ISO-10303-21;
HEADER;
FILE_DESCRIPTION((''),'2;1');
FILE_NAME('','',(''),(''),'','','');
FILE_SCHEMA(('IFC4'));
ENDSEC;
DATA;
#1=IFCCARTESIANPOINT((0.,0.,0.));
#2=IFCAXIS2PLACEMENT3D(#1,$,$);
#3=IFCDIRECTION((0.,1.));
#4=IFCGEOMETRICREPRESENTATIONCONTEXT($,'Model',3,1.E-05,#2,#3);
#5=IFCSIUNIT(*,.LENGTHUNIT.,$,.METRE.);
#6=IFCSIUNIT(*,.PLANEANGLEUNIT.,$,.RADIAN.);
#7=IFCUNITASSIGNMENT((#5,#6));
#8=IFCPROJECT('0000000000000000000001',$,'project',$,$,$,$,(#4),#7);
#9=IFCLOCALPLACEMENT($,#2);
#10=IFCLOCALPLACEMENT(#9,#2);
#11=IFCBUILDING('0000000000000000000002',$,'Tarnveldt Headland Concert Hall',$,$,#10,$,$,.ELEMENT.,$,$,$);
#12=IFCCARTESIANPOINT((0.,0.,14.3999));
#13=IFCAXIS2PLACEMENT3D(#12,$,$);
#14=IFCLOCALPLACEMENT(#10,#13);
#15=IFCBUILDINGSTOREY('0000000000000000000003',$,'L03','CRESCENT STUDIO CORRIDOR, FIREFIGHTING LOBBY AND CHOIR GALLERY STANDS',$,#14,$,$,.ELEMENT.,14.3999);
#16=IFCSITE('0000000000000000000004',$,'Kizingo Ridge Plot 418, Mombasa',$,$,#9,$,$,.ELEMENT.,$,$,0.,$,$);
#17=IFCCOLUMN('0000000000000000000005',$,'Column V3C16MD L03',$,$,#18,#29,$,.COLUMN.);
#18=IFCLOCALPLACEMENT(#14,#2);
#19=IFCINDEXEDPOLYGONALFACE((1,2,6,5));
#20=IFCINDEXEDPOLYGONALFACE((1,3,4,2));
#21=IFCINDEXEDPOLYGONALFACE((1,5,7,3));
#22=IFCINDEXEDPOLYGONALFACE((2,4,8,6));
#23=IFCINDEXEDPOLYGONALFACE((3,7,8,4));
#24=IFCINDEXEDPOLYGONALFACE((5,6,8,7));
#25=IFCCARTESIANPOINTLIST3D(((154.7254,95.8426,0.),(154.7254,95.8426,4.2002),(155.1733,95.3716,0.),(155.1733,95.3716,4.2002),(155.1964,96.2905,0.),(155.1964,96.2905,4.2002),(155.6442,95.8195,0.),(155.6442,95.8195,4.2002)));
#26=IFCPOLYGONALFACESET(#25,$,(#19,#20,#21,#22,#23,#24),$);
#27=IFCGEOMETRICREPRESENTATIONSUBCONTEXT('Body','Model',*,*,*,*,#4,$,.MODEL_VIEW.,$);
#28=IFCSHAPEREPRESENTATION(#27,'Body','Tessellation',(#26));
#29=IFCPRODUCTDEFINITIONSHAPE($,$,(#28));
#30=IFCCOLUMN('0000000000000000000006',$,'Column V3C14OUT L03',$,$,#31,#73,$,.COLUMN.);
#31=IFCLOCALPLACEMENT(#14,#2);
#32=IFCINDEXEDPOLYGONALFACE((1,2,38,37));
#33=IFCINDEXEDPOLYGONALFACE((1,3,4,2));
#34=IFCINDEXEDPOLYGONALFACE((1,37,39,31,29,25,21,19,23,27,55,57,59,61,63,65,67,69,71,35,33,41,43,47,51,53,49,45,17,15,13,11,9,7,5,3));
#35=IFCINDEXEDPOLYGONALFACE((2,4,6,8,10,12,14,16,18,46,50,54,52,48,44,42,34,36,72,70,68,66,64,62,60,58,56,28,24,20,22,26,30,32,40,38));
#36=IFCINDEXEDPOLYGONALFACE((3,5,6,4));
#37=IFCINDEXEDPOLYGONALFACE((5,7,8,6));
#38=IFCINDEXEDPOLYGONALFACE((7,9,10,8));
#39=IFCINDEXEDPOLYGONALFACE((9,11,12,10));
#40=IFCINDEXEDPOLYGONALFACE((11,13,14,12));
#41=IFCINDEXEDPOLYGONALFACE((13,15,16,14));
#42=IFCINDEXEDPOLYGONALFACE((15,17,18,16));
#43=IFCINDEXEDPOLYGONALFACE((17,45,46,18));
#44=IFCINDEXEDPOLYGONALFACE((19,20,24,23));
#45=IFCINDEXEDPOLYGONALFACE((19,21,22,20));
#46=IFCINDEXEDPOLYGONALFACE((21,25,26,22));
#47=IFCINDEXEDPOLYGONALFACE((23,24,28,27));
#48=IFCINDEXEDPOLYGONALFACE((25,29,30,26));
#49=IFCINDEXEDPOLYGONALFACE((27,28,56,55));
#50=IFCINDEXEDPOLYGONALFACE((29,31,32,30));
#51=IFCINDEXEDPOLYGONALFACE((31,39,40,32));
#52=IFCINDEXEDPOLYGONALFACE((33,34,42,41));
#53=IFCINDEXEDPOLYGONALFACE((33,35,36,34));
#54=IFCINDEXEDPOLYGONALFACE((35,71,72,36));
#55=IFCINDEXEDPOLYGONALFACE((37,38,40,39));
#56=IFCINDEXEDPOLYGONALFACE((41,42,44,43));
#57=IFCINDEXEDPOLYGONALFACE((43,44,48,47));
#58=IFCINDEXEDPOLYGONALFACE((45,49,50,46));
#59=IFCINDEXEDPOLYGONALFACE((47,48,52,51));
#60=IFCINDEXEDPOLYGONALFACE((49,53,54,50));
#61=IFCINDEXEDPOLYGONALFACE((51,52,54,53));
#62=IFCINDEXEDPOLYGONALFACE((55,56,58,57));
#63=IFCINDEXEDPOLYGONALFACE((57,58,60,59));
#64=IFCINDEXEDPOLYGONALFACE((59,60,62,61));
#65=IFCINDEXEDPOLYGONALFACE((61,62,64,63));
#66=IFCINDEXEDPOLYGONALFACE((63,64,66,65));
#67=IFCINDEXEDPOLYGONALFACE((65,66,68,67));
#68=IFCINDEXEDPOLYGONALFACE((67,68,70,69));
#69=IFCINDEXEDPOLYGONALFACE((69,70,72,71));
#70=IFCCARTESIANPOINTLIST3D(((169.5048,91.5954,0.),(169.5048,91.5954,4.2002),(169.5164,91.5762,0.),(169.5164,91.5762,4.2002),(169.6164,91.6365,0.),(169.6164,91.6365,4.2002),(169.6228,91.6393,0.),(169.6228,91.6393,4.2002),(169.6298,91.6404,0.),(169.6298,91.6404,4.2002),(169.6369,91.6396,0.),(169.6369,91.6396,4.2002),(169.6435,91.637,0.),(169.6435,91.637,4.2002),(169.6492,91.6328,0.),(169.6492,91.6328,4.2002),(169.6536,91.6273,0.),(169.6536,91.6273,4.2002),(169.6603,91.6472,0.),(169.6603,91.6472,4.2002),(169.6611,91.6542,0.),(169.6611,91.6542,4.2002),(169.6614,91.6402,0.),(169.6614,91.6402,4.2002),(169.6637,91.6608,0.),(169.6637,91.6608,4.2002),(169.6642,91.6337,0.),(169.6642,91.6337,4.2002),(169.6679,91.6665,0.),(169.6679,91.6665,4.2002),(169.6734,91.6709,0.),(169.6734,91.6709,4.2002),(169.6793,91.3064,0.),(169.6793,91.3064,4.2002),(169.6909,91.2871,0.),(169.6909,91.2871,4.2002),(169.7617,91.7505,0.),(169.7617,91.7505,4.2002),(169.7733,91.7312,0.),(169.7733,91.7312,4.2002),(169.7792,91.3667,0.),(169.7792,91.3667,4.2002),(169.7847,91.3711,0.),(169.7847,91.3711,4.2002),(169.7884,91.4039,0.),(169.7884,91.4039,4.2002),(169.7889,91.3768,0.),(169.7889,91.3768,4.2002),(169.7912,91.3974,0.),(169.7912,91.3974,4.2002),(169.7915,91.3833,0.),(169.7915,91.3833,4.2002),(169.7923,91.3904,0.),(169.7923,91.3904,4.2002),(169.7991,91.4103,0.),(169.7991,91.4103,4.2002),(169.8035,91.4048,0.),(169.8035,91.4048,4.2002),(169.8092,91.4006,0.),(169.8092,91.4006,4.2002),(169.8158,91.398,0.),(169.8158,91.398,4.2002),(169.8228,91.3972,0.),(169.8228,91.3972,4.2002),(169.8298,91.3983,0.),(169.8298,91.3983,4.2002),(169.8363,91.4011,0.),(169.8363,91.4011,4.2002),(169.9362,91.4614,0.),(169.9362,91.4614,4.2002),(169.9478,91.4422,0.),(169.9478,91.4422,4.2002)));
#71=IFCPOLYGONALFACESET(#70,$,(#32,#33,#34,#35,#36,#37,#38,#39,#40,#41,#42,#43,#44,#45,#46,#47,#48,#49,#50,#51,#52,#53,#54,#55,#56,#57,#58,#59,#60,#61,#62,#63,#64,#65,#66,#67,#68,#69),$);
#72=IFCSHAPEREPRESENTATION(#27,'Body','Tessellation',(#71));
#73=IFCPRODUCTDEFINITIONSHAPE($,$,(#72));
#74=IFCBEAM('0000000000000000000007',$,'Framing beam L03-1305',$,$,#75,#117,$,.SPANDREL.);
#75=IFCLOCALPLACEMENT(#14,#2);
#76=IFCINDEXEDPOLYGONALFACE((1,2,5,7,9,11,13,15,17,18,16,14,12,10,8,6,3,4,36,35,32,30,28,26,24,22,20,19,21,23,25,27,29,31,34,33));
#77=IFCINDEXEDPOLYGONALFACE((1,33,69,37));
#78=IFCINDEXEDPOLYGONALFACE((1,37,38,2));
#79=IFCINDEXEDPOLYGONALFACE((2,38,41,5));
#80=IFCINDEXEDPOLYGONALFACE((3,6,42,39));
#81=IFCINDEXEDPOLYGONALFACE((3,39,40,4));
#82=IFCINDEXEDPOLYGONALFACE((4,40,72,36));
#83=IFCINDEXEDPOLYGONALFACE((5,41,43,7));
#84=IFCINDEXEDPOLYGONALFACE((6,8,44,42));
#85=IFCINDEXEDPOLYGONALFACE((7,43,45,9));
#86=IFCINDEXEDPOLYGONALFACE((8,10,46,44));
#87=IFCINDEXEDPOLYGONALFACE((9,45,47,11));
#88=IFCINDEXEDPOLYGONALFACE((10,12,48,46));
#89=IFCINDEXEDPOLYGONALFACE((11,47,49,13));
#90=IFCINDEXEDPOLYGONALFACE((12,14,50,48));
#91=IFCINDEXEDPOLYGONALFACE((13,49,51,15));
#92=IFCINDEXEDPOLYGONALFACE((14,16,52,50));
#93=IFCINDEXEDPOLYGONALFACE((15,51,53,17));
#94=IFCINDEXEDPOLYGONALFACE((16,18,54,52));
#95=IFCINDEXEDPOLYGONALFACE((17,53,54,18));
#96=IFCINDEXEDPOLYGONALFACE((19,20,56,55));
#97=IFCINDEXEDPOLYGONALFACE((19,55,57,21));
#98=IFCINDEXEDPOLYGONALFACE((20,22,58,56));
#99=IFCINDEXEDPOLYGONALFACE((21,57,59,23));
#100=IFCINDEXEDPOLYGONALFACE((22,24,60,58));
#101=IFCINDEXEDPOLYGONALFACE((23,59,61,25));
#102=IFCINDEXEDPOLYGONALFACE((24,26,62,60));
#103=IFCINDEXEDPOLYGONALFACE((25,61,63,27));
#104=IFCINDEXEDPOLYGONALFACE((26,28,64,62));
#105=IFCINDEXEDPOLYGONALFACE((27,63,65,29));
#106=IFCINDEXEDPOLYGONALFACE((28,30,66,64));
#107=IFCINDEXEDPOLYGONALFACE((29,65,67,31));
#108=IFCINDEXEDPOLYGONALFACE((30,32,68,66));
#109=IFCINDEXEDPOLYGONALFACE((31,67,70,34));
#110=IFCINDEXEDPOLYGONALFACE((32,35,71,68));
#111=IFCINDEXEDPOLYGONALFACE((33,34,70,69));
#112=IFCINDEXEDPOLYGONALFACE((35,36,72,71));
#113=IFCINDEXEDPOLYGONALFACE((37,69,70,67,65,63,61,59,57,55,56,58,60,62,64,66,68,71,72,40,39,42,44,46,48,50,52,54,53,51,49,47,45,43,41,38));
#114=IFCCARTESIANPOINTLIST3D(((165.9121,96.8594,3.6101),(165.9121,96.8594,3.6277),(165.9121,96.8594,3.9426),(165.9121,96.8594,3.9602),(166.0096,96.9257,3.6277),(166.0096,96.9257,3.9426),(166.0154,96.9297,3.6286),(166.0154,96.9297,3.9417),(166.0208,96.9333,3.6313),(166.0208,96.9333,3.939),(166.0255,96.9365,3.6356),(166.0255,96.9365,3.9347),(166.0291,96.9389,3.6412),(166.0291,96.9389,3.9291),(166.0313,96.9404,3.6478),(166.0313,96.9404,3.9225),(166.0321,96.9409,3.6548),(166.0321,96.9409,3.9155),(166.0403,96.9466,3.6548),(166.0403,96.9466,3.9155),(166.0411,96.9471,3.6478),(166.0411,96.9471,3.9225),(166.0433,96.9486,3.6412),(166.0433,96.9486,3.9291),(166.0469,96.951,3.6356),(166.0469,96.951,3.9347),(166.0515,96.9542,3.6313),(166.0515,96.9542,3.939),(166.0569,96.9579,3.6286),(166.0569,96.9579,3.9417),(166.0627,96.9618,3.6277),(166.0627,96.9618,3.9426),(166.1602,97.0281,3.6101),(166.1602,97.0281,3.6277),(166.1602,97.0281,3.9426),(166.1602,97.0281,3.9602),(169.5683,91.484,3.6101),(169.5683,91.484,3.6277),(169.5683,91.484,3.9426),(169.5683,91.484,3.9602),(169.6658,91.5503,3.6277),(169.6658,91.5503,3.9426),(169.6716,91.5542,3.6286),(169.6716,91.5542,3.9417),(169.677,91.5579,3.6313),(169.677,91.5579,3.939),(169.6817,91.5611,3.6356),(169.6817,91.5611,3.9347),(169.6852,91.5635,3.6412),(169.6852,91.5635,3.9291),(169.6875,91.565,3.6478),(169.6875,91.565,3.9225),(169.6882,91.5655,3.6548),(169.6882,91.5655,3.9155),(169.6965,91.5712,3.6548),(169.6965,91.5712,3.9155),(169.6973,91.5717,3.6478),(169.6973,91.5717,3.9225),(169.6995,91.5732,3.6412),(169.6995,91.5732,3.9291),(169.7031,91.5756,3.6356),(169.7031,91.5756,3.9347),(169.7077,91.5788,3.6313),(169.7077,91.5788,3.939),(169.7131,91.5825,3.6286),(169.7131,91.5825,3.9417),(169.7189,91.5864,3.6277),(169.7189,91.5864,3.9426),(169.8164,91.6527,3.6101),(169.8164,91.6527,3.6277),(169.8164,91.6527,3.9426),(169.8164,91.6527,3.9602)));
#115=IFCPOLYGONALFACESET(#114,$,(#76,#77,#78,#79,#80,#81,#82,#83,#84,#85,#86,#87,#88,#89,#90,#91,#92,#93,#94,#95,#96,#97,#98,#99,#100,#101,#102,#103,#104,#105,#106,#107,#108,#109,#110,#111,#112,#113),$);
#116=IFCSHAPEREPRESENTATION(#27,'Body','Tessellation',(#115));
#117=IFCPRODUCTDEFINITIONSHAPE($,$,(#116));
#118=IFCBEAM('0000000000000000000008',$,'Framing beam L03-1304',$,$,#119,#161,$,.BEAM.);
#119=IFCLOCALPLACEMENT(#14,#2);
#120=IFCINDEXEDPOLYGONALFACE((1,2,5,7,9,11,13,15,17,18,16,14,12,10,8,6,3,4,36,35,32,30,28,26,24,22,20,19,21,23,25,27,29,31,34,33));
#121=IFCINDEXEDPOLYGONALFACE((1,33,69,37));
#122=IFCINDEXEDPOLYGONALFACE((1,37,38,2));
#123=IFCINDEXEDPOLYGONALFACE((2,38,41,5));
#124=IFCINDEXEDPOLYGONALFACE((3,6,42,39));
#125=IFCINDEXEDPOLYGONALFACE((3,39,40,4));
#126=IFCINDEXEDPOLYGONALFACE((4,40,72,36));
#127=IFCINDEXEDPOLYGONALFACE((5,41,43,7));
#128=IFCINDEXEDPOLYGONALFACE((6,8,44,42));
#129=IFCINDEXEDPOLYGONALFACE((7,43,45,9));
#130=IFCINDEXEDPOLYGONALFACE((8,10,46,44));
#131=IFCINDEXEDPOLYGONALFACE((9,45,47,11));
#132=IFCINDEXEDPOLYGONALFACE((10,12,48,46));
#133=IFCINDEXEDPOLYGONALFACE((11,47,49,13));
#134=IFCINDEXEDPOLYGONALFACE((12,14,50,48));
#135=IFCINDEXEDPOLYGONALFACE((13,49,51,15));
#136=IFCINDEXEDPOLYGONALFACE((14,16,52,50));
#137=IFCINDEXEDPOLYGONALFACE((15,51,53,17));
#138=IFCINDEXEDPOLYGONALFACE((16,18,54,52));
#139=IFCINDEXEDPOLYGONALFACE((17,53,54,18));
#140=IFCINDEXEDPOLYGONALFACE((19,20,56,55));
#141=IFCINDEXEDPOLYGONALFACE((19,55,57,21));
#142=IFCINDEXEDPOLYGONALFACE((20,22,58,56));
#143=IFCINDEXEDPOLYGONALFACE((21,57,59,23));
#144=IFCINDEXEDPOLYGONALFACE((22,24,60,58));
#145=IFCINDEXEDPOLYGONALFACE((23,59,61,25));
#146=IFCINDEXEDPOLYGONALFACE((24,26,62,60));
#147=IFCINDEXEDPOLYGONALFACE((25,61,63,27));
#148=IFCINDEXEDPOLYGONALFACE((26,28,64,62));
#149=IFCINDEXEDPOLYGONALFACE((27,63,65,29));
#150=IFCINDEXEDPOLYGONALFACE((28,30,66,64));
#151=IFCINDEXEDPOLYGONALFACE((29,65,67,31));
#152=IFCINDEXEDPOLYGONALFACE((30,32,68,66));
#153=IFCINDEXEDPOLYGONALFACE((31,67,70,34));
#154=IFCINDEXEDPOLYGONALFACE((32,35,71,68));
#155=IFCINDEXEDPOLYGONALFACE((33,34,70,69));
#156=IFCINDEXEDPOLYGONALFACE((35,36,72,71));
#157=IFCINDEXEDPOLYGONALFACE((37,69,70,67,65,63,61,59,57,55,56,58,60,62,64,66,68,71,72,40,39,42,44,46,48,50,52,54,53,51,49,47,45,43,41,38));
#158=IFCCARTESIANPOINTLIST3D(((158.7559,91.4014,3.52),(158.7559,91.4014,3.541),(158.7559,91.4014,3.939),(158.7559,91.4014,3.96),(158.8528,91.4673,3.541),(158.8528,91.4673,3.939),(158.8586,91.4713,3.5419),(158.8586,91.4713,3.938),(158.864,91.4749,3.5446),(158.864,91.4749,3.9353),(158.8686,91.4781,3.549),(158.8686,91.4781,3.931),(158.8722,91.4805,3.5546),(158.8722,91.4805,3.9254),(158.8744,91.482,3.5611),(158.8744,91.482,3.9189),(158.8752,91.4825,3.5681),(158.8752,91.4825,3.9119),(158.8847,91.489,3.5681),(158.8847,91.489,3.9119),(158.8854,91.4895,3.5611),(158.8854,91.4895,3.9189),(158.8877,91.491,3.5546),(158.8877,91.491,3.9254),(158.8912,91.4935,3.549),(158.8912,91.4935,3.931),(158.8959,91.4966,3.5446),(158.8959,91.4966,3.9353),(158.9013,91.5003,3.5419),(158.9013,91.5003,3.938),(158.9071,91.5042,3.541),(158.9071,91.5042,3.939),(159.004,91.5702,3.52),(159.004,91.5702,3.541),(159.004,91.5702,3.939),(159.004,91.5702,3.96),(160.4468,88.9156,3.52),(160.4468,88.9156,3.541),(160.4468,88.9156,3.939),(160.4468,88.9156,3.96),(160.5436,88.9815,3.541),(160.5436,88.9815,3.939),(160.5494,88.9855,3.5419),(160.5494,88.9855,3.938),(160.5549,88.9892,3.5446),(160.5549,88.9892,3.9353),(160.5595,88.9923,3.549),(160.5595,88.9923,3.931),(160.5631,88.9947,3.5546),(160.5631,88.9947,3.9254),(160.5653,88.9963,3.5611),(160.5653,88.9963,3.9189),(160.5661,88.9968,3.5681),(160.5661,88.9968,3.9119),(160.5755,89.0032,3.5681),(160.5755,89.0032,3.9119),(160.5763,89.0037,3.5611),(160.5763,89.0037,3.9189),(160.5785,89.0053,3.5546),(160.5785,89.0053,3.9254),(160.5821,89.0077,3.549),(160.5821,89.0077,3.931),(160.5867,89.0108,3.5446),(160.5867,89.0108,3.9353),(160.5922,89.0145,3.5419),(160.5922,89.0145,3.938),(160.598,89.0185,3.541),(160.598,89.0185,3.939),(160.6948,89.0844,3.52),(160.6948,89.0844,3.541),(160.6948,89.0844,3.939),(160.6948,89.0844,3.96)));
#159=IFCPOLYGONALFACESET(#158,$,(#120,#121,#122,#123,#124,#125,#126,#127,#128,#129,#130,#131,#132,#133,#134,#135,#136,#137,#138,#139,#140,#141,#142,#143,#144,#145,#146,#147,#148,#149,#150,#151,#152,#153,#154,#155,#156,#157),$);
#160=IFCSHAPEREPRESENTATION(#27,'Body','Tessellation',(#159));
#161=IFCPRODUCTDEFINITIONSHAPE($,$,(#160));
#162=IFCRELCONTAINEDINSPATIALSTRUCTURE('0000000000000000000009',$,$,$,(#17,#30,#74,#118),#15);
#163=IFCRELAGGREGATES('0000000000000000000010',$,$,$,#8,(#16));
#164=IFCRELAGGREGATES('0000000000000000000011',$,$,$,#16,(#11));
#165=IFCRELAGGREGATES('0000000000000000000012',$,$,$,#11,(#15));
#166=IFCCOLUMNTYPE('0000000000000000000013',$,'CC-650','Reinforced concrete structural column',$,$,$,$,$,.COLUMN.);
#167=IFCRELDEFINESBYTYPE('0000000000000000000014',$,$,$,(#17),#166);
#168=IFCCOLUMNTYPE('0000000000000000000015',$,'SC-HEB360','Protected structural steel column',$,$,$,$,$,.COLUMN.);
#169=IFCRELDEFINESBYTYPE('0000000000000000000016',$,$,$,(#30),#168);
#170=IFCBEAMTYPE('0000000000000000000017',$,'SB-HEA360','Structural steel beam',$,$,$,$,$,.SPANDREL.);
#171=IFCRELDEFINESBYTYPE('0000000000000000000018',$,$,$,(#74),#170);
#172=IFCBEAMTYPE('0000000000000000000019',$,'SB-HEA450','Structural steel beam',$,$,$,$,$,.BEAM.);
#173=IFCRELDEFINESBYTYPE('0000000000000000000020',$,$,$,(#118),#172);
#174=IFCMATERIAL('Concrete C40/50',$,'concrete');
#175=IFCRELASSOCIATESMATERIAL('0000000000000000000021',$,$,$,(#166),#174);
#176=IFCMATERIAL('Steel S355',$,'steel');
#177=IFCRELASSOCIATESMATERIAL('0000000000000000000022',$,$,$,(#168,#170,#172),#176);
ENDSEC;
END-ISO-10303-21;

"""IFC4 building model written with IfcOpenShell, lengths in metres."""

from ifc_helpers import new_model, si_unit, direction, frame, origin, origin_2d, place, context, subcontext, project, spatial, rectangle, i_section, extrude, material, material_profile, profile_set, type_object, element, save


model = new_model("IFC4")

# Units and contexts
model_context = context("Model", 3, precision=1e-05, world=origin(), true_north=direction((0.0, 1.0)))
body_context = subcontext(model_context, "Body", "Model", "MODEL_VIEW")
ifc_project = project(units=[si_unit("LENGTHUNIT", "METRE"), si_unit("PLANEANGLEUNIT", "RADIAN")], contexts=[model_context])

# Site, building, storey
site_placement = place(None, origin())
site = spatial("IfcSite", under=ifc_project, at=site_placement, Name="Kizingo Ridge Plot 418, Mombasa", CompositionType="ELEMENT", RefElevation=0.0)
building_placement = place(site_placement, origin())
building = spatial("IfcBuilding", under=site, at=building_placement, Name="Tarnveldt Headland Concert Hall", CompositionType="ELEMENT")
storey_placement = place(building_placement, frame((0.0, 0.0, 14.3999)))
storey = spatial("IfcBuildingStorey", under=building, at=storey_placement, Name="L03", Description="CRESCENT STUDIO CORRIDOR, FIREFIGHTING LOBBY AND CHOIR GALLERY STANDS", CompositionType="ELEMENT", Elevation=14.3999)

# Columns
ifc_material_1 = material(Name="Concrete C40/50", Category="concrete")
ifc_material_profile_1 = material_profile(ifc_material_1, rectangle(XDim=0.6499, YDim=0.6499, at=origin_2d()), Name="RC 650x650", Category="concrete")
ifc_profile_set_1 = profile_set([ifc_material_profile_1], Name="Concrete C40/50")
column_type_1 = type_object("IfcColumnType", Name="CC-650", Description="Reinforced concrete structural column", PredefinedType="COLUMN", material=ifc_profile_set_1)
column_1_placement = place(storey_placement, frame((155.1848, 95.8311, 0.0), z_axis=(0.0, 0.0, 1.0), x_axis=(0.724653, 0.689114, 0.0)))
element("IfcColumn", 1, at=column_1_placement, inside=storey, type_object=column_type_1, Name="Column V3C16MD L03", PredefinedType="COLUMN", context=body_context, shape_type="SweptSolid", body=[
    extrude(rectangle(XDim=0.6499, YDim=0.6499, at=origin_2d()), origin(), (0.0, 0.0, 1.0), 4.2002),
])
ifc_material_2 = material(Name="Steel S355", Category="steel")
ifc_material_profile_2 = material_profile(ifc_material_2, i_section(OverallWidth=0.3, OverallDepth=0.3601, WebThickness=0.0125, FlangeThickness=0.0225, FilletRadius=0.0271, at=origin_2d()), Name="HEB360", Category="steel")
ifc_profile_set_2 = profile_set([ifc_material_profile_2], Name="Steel S355")
column_type_2 = type_object("IfcColumnType", Name="SC-HEB360", Description="Protected structural steel column", PredefinedType="COLUMN", material=ifc_profile_set_2)
column_2_placement = place(storey_placement, frame((169.7263, 91.5188, 0.0), z_axis=(0.0, 0.0, 1.0), x_axis=(0.856177, 0.516683, 0.0)))
element("IfcColumn", 2, at=column_2_placement, inside=storey, type_object=column_type_2, Name="Column V3C14OUT L03", PredefinedType="COLUMN", context=body_context, shape_type="SweptSolid", body=[
    extrude(i_section(OverallWidth=0.3, OverallDepth=0.3601, WebThickness=0.0125, FlangeThickness=0.0225, FilletRadius=0.0271, at=origin_2d()), origin(), (0.0, 0.0, 1.0), 4.2002),
])

# Beams
ifc_material_profile_3 = material_profile(ifc_material_2, i_section(OverallWidth=0.3, OverallDepth=0.3501, WebThickness=0.01, FlangeThickness=0.0176, FilletRadius=0.0271, at=origin_2d()), Name="HEA360", Category="steel")
ifc_profile_set_3 = profile_set([ifc_material_profile_3], Name="Steel S355")
beam_type_1 = type_object("IfcBeamType", Name="SB-HEA360", Description="Structural steel beam", PredefinedType="SPANDREL", material=ifc_profile_set_3)
beam_1_placement = place(storey_placement, frame((169.6924, 91.5684, 3.7852), z_axis=(-0.562407, 0.826861, 0.0), x_axis=(-0.826861, -0.562407, 0.0)))
element("IfcBeam", 3, at=beam_1_placement, inside=storey, type_object=beam_type_1, Name="Framing beam L03-1305", PredefinedType="SPANDREL", context=body_context, shape_type="SweptSolid", body=[
    extrude(i_section(OverallWidth=0.3, OverallDepth=0.3501, WebThickness=0.01, FlangeThickness=0.0176, FilletRadius=0.0271, at=origin_2d()), origin(), (0.0, 0.0, 1.0), 6.501),
])
ifc_material_profile_4 = material_profile(ifc_material_2, i_section(OverallWidth=0.3, OverallDepth=0.4399, WebThickness=0.0115, FlangeThickness=0.021, FilletRadius=0.0271, at=origin_2d()), Name="HEA450", Category="steel")
ifc_profile_set_4 = profile_set([ifc_material_profile_4], Name="Steel S355")
beam_type_2 = type_object("IfcBeamType", Name="SB-HEA450", Description="Structural steel beam", PredefinedType="BEAM", material=ifc_profile_set_4)
beam_2_placement = place(storey_placement, frame((160.5708, 89.0, 3.74), z_axis=(-0.562434, 0.826842, 0.0), x_axis=(-0.826842, -0.562434, 0.0)))
element("IfcBeam", 4, at=beam_2_placement, inside=storey, type_object=beam_type_2, Name="Framing beam L03-1304", PredefinedType="BEAM", context=body_context, shape_type="SweptSolid", body=[
    extrude(i_section(OverallWidth=0.3, OverallDepth=0.4399, WebThickness=0.0115, FlangeThickness=0.021, FilletRadius=0.0271, at=origin_2d()), origin(), (0.0, 0.0, 1.0), 3.0063),
])

save(model, "model.ifc")
